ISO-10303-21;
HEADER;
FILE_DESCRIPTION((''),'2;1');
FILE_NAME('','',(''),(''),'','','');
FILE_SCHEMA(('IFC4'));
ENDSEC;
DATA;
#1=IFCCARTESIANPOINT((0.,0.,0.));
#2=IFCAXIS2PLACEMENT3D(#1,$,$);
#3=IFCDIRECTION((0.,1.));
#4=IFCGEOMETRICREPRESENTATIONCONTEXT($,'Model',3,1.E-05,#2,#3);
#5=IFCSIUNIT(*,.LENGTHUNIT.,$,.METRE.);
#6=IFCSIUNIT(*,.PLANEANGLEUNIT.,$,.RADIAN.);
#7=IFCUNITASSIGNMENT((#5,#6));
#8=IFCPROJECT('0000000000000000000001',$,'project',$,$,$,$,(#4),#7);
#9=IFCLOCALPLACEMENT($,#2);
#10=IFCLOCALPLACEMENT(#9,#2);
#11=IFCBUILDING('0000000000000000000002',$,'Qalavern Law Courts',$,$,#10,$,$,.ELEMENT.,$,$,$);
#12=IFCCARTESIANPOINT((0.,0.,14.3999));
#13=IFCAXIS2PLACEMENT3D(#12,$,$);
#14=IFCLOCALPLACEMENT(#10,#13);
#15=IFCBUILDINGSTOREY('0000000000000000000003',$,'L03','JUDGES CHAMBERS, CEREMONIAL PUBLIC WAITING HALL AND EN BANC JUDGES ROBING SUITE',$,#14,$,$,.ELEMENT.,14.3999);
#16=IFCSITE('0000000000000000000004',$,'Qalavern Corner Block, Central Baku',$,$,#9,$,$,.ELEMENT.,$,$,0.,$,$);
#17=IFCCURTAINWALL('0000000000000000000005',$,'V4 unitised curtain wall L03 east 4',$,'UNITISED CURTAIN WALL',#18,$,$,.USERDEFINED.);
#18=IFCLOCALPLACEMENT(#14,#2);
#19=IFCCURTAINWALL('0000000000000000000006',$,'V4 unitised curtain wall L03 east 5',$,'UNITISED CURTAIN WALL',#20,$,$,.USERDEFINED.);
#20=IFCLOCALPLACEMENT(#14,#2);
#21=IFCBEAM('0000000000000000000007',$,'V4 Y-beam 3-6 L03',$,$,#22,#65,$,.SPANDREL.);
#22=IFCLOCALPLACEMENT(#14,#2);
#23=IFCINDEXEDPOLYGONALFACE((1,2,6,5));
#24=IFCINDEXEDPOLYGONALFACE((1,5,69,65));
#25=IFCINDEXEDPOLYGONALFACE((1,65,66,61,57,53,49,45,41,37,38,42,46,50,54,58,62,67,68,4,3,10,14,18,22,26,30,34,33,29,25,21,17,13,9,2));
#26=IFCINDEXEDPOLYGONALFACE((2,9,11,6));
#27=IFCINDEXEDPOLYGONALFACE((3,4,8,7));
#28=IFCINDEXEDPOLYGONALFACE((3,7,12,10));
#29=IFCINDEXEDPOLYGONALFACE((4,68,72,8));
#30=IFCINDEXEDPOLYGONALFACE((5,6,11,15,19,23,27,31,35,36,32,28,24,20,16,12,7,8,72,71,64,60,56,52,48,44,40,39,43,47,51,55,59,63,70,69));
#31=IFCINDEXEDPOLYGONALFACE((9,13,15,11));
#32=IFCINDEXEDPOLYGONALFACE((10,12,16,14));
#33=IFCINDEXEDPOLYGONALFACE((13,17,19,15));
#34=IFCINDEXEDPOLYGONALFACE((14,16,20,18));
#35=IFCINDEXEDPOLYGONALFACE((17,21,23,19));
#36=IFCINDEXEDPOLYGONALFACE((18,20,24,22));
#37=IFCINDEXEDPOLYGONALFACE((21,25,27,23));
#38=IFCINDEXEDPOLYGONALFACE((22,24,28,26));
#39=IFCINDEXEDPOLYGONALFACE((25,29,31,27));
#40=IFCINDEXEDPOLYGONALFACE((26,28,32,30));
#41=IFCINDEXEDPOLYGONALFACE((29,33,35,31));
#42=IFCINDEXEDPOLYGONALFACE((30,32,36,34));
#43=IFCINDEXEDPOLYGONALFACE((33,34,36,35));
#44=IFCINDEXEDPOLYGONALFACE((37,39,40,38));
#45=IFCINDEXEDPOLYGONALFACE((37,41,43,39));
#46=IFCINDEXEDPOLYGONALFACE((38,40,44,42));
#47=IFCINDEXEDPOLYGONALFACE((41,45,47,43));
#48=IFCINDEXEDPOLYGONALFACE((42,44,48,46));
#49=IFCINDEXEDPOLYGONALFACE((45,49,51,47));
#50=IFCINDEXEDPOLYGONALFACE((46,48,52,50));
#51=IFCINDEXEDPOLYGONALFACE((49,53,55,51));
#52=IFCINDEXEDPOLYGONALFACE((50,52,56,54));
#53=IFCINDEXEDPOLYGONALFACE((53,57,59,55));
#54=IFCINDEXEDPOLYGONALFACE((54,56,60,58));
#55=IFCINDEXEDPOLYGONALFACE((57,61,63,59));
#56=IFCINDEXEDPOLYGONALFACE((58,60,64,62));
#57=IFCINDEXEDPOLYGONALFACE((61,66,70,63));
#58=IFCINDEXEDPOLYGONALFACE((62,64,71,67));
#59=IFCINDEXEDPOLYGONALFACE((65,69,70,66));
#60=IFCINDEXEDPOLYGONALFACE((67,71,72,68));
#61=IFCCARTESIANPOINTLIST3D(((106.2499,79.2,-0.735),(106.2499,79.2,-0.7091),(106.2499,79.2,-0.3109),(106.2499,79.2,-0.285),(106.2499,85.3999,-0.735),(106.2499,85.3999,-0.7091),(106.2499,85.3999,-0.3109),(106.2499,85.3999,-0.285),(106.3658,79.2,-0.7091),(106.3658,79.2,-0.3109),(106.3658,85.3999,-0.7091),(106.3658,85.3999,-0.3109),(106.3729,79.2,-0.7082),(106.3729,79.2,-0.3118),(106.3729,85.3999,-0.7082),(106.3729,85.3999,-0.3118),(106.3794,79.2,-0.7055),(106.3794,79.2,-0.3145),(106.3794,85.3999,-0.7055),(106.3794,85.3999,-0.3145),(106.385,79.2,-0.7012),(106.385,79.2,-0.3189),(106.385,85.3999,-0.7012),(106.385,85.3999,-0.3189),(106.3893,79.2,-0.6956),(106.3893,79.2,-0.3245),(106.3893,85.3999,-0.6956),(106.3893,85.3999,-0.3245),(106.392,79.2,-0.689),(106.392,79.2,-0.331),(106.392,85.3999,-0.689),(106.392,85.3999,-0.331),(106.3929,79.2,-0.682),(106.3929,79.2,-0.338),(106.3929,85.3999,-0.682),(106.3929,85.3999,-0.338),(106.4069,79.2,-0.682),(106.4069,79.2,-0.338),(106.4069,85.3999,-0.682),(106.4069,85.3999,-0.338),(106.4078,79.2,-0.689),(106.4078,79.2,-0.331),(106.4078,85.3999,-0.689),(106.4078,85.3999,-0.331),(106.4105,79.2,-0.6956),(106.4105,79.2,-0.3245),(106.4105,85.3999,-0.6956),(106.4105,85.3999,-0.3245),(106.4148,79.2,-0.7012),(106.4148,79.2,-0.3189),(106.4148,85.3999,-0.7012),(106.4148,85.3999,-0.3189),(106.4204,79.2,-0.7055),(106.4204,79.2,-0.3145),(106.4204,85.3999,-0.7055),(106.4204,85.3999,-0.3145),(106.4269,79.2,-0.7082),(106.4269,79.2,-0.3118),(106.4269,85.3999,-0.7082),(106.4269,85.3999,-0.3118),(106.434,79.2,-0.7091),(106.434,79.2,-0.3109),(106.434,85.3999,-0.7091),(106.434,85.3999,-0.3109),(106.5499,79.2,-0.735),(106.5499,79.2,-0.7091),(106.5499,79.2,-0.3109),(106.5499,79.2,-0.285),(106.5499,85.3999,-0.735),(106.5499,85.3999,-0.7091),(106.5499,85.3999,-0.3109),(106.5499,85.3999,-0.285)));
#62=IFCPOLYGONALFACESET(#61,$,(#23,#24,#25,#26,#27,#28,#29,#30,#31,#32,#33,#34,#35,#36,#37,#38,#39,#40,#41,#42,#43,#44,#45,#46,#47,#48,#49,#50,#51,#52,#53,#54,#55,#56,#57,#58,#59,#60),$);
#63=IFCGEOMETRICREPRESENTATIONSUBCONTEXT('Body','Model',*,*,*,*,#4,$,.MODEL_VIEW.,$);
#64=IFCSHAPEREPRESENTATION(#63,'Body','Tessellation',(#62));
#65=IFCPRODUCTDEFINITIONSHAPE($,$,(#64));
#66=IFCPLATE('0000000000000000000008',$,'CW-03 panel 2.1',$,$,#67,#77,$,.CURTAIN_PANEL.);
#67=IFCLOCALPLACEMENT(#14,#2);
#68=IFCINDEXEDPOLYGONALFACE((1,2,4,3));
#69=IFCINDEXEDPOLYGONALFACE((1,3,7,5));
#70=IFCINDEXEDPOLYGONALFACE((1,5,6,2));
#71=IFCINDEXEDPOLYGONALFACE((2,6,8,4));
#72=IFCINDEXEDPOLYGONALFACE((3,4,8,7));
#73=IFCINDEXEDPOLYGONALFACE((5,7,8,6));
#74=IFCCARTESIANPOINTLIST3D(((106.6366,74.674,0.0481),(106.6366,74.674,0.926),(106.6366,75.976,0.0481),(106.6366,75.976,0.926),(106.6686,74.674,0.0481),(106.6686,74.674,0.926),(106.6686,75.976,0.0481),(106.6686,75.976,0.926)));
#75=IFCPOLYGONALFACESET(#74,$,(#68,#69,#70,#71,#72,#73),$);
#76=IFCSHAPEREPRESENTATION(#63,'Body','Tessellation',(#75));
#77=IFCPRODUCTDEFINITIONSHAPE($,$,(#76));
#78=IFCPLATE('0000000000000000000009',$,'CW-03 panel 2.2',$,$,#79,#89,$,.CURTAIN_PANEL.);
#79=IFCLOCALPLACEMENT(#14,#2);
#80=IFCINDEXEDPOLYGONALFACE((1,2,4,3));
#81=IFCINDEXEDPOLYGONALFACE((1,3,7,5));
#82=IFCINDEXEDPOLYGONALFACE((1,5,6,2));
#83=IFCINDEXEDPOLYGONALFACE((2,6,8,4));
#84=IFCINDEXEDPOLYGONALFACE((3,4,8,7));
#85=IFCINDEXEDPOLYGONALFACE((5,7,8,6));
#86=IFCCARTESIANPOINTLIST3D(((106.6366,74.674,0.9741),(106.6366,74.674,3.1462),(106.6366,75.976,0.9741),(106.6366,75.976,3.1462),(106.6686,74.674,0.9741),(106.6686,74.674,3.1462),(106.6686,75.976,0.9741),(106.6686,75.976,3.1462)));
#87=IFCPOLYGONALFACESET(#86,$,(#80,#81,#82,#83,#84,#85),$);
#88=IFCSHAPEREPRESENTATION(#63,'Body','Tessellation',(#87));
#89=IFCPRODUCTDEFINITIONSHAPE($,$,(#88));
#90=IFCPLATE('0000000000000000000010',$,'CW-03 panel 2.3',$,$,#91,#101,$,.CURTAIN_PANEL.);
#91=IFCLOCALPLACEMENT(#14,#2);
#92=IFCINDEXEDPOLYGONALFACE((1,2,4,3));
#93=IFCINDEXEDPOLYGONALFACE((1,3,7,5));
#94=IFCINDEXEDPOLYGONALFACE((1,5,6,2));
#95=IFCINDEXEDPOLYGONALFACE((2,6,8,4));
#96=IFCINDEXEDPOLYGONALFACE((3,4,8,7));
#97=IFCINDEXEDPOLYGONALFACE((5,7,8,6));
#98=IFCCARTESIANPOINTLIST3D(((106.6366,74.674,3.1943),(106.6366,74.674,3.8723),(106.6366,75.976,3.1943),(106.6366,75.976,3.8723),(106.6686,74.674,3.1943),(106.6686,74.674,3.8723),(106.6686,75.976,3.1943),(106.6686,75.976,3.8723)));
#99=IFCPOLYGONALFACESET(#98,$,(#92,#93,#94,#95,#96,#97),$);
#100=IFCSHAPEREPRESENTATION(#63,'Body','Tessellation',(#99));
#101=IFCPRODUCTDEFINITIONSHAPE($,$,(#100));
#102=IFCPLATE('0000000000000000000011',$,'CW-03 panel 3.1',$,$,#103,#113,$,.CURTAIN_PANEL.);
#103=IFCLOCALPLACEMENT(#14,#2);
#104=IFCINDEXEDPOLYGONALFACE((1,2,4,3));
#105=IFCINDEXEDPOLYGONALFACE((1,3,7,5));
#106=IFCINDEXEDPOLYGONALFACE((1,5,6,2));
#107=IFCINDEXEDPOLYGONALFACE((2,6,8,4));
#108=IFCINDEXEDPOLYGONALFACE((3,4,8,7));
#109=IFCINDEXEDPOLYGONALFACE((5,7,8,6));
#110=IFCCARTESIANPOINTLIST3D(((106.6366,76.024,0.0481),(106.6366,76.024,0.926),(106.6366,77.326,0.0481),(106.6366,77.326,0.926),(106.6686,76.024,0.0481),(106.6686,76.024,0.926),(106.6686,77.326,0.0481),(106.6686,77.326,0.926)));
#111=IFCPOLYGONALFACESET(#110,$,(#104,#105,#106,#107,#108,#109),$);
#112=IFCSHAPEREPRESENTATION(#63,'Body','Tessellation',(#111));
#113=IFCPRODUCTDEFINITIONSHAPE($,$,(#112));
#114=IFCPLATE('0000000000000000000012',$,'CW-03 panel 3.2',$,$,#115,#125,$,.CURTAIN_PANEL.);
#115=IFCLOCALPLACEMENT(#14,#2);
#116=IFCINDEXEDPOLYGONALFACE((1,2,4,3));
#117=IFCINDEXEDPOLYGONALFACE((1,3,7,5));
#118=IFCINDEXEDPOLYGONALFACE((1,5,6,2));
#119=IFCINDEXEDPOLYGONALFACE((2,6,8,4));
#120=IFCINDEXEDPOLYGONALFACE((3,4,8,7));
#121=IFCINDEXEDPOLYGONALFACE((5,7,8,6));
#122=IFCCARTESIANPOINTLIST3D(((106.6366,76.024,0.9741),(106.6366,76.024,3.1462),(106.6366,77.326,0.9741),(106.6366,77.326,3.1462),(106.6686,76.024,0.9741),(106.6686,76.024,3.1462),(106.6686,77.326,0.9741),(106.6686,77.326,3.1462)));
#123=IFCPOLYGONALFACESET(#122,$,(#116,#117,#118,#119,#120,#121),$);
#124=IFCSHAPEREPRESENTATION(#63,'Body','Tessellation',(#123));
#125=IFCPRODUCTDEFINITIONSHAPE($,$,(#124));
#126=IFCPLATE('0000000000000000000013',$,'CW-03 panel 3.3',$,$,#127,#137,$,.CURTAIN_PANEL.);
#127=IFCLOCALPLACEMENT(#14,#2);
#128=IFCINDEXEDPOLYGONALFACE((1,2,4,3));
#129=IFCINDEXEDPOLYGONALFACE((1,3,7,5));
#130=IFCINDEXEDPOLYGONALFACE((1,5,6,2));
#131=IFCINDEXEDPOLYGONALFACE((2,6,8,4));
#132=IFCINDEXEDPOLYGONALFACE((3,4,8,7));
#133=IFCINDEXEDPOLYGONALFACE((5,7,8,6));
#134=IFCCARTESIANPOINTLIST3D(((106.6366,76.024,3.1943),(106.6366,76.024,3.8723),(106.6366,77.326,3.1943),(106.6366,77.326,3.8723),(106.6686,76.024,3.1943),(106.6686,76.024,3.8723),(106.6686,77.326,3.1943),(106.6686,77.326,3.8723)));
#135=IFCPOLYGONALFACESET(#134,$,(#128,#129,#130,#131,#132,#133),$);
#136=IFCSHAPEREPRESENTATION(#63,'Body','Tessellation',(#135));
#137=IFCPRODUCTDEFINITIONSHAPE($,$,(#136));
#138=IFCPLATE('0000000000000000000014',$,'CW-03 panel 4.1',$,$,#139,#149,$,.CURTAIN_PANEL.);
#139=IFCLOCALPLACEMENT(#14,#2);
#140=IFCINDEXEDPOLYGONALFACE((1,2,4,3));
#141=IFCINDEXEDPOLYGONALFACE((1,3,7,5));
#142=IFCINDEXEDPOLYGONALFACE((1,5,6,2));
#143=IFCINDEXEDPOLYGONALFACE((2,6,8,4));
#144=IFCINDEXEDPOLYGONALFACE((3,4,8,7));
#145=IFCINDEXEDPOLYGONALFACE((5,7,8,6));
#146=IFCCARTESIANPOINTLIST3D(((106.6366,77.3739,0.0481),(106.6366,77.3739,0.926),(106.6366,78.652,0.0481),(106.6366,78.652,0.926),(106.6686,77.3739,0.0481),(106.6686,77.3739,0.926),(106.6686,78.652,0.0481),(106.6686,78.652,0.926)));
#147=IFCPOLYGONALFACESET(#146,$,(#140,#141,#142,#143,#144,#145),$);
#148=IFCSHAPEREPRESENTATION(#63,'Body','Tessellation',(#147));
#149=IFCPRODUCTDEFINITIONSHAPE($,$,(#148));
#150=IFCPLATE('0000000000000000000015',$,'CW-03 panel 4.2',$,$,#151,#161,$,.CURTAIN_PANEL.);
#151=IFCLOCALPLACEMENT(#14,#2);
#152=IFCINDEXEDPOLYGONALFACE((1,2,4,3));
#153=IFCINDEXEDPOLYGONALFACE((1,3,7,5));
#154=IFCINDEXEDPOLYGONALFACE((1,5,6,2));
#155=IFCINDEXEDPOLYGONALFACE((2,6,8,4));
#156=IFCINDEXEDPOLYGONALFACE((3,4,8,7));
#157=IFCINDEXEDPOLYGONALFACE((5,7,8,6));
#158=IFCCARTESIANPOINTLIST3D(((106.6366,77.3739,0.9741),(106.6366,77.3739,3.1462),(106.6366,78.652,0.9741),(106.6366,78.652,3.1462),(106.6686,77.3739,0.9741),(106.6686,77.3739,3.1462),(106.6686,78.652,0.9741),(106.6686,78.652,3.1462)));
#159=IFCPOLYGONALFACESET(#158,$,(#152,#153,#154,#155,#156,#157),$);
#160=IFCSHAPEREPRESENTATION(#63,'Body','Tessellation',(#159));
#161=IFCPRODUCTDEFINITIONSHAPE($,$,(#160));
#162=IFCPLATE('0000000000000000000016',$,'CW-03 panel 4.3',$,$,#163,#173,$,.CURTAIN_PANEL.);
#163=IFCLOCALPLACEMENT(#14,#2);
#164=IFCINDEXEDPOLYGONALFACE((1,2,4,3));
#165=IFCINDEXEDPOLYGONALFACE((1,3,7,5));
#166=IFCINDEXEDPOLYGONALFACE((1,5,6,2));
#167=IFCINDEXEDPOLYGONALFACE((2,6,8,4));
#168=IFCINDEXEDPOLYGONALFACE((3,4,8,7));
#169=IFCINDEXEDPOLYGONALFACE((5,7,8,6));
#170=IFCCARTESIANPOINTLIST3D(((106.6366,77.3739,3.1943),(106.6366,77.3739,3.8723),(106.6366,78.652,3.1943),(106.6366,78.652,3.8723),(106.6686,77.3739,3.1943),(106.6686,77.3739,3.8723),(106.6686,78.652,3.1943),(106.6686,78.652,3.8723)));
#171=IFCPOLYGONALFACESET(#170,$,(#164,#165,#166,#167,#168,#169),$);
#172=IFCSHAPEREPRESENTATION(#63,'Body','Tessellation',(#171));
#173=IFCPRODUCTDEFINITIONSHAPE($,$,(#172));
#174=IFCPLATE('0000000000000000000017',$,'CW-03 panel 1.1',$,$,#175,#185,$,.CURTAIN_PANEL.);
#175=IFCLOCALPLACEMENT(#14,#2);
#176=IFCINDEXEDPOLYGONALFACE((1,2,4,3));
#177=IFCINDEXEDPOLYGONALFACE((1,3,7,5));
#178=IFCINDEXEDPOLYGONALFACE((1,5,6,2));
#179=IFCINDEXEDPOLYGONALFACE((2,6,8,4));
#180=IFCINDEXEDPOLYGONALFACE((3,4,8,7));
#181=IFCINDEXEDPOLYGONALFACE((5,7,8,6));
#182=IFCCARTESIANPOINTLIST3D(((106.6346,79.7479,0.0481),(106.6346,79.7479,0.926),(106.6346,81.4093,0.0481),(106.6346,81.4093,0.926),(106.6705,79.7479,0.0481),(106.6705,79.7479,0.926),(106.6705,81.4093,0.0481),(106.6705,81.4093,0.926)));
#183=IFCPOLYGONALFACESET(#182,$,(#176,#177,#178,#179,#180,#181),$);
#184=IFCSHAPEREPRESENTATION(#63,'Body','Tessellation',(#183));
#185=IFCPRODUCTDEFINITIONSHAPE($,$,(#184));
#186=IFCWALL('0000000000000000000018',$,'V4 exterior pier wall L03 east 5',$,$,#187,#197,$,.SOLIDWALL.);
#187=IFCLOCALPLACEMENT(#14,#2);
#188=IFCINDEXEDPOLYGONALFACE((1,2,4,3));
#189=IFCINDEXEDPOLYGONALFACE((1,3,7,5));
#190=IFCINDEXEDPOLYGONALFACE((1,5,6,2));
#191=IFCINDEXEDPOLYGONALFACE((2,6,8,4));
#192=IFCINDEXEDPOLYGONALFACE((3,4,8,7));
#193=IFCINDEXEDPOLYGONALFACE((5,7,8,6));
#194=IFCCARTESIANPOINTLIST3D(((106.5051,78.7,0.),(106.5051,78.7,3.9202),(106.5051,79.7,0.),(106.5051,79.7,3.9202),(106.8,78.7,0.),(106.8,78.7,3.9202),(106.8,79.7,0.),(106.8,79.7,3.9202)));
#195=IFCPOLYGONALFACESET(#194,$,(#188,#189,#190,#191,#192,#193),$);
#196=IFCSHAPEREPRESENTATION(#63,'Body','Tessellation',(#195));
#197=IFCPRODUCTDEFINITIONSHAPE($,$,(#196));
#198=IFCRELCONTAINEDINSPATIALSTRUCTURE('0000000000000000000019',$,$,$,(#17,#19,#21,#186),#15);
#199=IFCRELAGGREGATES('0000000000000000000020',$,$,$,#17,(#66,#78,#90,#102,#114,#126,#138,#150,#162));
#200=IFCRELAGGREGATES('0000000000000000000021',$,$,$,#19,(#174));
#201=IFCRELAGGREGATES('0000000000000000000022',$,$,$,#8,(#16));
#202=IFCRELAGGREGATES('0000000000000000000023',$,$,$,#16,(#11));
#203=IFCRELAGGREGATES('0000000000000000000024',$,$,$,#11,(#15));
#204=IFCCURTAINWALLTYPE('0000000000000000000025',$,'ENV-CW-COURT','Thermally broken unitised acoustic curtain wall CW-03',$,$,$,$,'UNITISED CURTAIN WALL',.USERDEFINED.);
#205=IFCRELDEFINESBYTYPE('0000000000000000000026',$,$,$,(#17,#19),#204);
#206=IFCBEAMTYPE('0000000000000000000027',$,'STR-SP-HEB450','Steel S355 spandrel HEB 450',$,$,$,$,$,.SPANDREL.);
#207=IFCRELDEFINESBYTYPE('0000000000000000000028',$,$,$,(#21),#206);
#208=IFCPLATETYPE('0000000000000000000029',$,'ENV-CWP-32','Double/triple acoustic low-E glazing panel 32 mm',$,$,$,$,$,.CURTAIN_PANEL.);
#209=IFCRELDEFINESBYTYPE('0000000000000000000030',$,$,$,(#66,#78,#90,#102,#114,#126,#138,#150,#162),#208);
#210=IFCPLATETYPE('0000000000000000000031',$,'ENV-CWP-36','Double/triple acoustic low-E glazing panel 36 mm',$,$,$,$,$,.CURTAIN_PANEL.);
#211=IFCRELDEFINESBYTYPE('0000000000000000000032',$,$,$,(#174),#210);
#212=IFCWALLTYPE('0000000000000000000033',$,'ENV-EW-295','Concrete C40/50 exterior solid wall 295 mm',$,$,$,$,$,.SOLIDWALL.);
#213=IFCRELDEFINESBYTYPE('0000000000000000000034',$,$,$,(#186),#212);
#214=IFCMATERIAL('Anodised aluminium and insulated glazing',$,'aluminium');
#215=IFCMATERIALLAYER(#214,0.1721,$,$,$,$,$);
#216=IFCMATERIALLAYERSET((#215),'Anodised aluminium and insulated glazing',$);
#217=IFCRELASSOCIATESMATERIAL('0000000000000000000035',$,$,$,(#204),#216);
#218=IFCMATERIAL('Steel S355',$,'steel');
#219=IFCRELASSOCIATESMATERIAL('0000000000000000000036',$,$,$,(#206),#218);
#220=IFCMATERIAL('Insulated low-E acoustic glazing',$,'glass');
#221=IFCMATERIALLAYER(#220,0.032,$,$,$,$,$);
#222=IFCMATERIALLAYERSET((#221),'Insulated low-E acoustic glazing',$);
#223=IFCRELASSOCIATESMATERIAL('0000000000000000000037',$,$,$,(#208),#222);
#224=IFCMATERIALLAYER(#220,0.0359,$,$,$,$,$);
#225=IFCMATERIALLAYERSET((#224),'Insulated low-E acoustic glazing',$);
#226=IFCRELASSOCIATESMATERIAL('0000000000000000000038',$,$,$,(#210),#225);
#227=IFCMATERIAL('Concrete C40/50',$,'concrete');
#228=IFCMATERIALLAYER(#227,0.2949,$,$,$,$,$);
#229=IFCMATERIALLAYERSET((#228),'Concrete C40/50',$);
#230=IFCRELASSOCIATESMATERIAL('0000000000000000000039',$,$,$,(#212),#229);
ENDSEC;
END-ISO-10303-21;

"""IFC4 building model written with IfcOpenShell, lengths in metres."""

from ifc_helpers import new_model, si_unit, direction, frame, frame_2d, origin, origin_2d, place, context, subcontext, project, spatial, rectangle, i_section, extrude, material, layer, layer_set, material_profile, profile_set, type_object, element, aggregate, save


model = new_model("IFC4")

# Units and contexts
model_context = context("Model", 3, precision=1e-05, world=origin(), true_north=direction((0.0, 1.0)))
body_context = subcontext(model_context, "Body", "Model", "MODEL_VIEW")
ifc_project = project(units=[si_unit("LENGTHUNIT", "METRE"), si_unit("PLANEANGLEUNIT", "RADIAN")], contexts=[model_context])

# Site, building, storey
site_placement = place(None, origin())
site = spatial("IfcSite", under=ifc_project, at=site_placement, Name="Qalavern Corner Block, Central Baku", CompositionType="ELEMENT", RefElevation=0.0)
building_placement = place(site_placement, origin())
building = spatial("IfcBuilding", under=site, at=building_placement, Name="Qalavern Law Courts", CompositionType="ELEMENT")
storey_placement = place(building_placement, frame((0.0, 0.0, 14.3999)))
storey = spatial("IfcBuildingStorey", under=building, at=storey_placement, Name="L03", Description="JUDGES CHAMBERS, CEREMONIAL PUBLIC WAITING HALL AND EN BANC JUDGES ROBING SUITE", CompositionType="ELEMENT", Elevation=14.3999)

# Curtain wall
ifc_material_1 = material(Name="Anodised aluminium and insulated glazing", Category="aluminium")
ifc_layer_1 = layer(ifc_material_1, 0.1721)
ifc_layer_set_1 = layer_set([ifc_layer_1], Name="Anodised aluminium and insulated glazing")
curtain_wall_type = type_object("IfcCurtainWallType", Name="ENV-CW-COURT", Description="Thermally broken unitised acoustic curtain wall CW-03", ElementType="UNITISED CURTAIN WALL", PredefinedType="USERDEFINED", material=ifc_layer_set_1)
curtain_wall_1_placement = place(storey_placement, origin())
curtain_wall_1 = element("IfcCurtainWall", 1, at=curtain_wall_1_placement, inside=storey, type_object=curtain_wall_type, Name="V4 unitised curtain wall L03 east 4", ObjectType="UNITISED CURTAIN WALL", PredefinedType="USERDEFINED")

# Curtain wall
curtain_wall_2_placement = place(storey_placement, origin())
curtain_wall_2 = element("IfcCurtainWall", 2, at=curtain_wall_2_placement, inside=storey, type_object=curtain_wall_type, Name="V4 unitised curtain wall L03 east 5", ObjectType="UNITISED CURTAIN WALL", PredefinedType="USERDEFINED")

# Beam
ifc_material_2 = material(Name="Steel S355", Category="steel")
ifc_material_profile_1 = material_profile(ifc_material_2, i_section(OverallWidth=0.3, OverallDepth=0.45, WebThickness=0.0139, FlangeThickness=0.0259, FilletRadius=0.0271, at=origin_2d()), Name="HEB 450")
ifc_profile_set_1 = profile_set([ifc_material_profile_1], Name="Steel S355")
beam_type = type_object("IfcBeamType", Name="STR-SP-HEB450", Description="Steel S355 spandrel HEB 450", PredefinedType="SPANDREL", material=ifc_profile_set_1)
beam_placement = place(storey_placement, frame((106.3999, 79.2, -0.51), z_axis=(0.0, 1.0, 0.0), x_axis=(-1.0, 0.0, 0.0)))
element("IfcBeam", 3, at=beam_placement, inside=storey, type_object=beam_type, Name="V4 Y-beam 3-6 L03", PredefinedType="SPANDREL", context=body_context, shape_type="SweptSolid", body=[
    extrude(i_section(OverallWidth=0.3, OverallDepth=0.45, WebThickness=0.0139, FlangeThickness=0.0259, FilletRadius=0.0271, at=origin_2d()), origin(), (0.0, 0.0, 1.0), 6.2),
])

# Plates
ifc_material_3 = material(Name="Insulated low-E acoustic glazing", Category="glass")
ifc_layer_2 = layer(ifc_material_3, 0.032)
ifc_layer_set_2 = layer_set([ifc_layer_2], Name="Insulated low-E acoustic glazing")
plate_type_1 = type_object("IfcPlateType", Name="ENV-CWP-32", Description="Double/triple acoustic low-E glazing panel 32 mm", PredefinedType="CURTAIN_PANEL", material=ifc_layer_set_2)
plate_1_placement = place(storey_placement, frame((106.6526, 75.325, 0.0481), z_axis=(0.0, 0.0, 1.0), x_axis=(0.0, 1.0, 0.0)))
plate_1 = element("IfcPlate", 4, at=plate_1_placement, type_object=plate_type_1, Name="CW-03 panel 2.1", PredefinedType="CURTAIN_PANEL", context=body_context, shape_type="SweptSolid", body=[
    extrude(rectangle(XDim=1.302, YDim=0.032, at=origin_2d()), origin(), (0.0, 0.0, 1.0), 0.8779),
])
plate_2_placement = place(storey_placement, frame((106.6526, 75.325, 0.9741), z_axis=(0.0, 0.0, 1.0), x_axis=(0.0, 1.0, 0.0)))
plate_2 = element("IfcPlate", 5, at=plate_2_placement, type_object=plate_type_1, Name="CW-03 panel 2.2", PredefinedType="CURTAIN_PANEL", context=body_context, shape_type="SweptSolid", body=[
    extrude(rectangle(XDim=1.302, YDim=0.032, at=origin_2d()), origin(), (0.0, 0.0, 1.0), 2.1721),
])
plate_3_placement = place(storey_placement, frame((106.6526, 75.325, 3.1943), z_axis=(0.0, 0.0, 1.0), x_axis=(0.0, 1.0, 0.0)))
plate_3 = element("IfcPlate", 6, at=plate_3_placement, type_object=plate_type_1, Name="CW-03 panel 2.3", PredefinedType="CURTAIN_PANEL", context=body_context, shape_type="SweptSolid", body=[
    extrude(rectangle(XDim=1.302, YDim=0.032, at=origin_2d()), origin(), (0.0, 0.0, 1.0), 0.678),
])
plate_4_placement = place(storey_placement, frame((106.6526, 76.675, 0.0481), z_axis=(0.0, 0.0, 1.0), x_axis=(0.0, 1.0, 0.0)))
plate_4 = element("IfcPlate", 7, at=plate_4_placement, type_object=plate_type_1, Name="CW-03 panel 3.1", PredefinedType="CURTAIN_PANEL", context=body_context, shape_type="SweptSolid", body=[
    extrude(rectangle(XDim=1.302, YDim=0.032, at=origin_2d()), origin(), (0.0, 0.0, 1.0), 0.8779),
])
plate_5_placement = place(storey_placement, frame((106.6526, 76.675, 0.9741), z_axis=(0.0, 0.0, 1.0), x_axis=(0.0, 1.0, 0.0)))
plate_5 = element("IfcPlate", 8, at=plate_5_placement, type_object=plate_type_1, Name="CW-03 panel 3.2", PredefinedType="CURTAIN_PANEL", context=body_context, shape_type="SweptSolid", body=[
    extrude(rectangle(XDim=1.302, YDim=0.032, at=origin_2d()), origin(), (0.0, 0.0, 1.0), 2.1721),
])
plate_6_placement = place(storey_placement, frame((106.6526, 76.675, 3.1943), z_axis=(0.0, 0.0, 1.0), x_axis=(0.0, 1.0, 0.0)))
plate_6 = element("IfcPlate", 9, at=plate_6_placement, type_object=plate_type_1, Name="CW-03 panel 3.3", PredefinedType="CURTAIN_PANEL", context=body_context, shape_type="SweptSolid", body=[
    extrude(rectangle(XDim=1.302, YDim=0.032, at=origin_2d()), origin(), (0.0, 0.0, 1.0), 0.678),
])
plate_7_placement = place(storey_placement, frame((106.6526, 78.0129, 0.0481), z_axis=(0.0, 0.0, 1.0), x_axis=(0.0, 1.0, 0.0)))
plate_7 = element("IfcPlate", 10, at=plate_7_placement, type_object=plate_type_1, Name="CW-03 panel 4.1", PredefinedType="CURTAIN_PANEL", context=body_context, shape_type="SweptSolid", body=[
    extrude(rectangle(XDim=1.2781, YDim=0.032, at=origin_2d()), origin(), (0.0, 0.0, 1.0), 0.8779),
])
plate_8_placement = place(storey_placement, frame((106.6526, 78.0129, 0.9741), z_axis=(0.0, 0.0, 1.0), x_axis=(0.0, 1.0, 0.0)))
plate_8 = element("IfcPlate", 11, at=plate_8_placement, type_object=plate_type_1, Name="CW-03 panel 4.2", PredefinedType="CURTAIN_PANEL", context=body_context, shape_type="SweptSolid", body=[
    extrude(rectangle(XDim=1.2781, YDim=0.032, at=origin_2d()), origin(), (0.0, 0.0, 1.0), 2.1721),
])
plate_9_placement = place(storey_placement, frame((106.6526, 78.0129, 3.1943), z_axis=(0.0, 0.0, 1.0), x_axis=(0.0, 1.0, 0.0)))
plate_9 = element("IfcPlate", 12, at=plate_9_placement, type_object=plate_type_1, Name="CW-03 panel 4.3", PredefinedType="CURTAIN_PANEL", context=body_context, shape_type="SweptSolid", body=[
    extrude(rectangle(XDim=1.2781, YDim=0.032, at=origin_2d()), origin(), (0.0, 0.0, 1.0), 0.678),
])
aggregate(curtain_wall_1, [plate_1, plate_2, plate_3, plate_4, plate_5, plate_6, plate_7, plate_8, plate_9])
ifc_layer_3 = layer(ifc_material_3, 0.0359)
ifc_layer_set_3 = layer_set([ifc_layer_3], Name="Insulated low-E acoustic glazing")
plate_type_2 = type_object("IfcPlateType", Name="ENV-CWP-36", Description="Double/triple acoustic low-E glazing panel 36 mm", PredefinedType="CURTAIN_PANEL", material=ifc_layer_set_3)
plate_10_placement = place(storey_placement, frame((106.6526, 80.5786, 0.0481), z_axis=(0.0, 0.0, 1.0), x_axis=(0.0, 1.0, 0.0)))
plate_10 = element("IfcPlate", 13, at=plate_10_placement, type_object=plate_type_2, Name="CW-03 panel 1.1", PredefinedType="CURTAIN_PANEL", context=body_context, shape_type="SweptSolid", body=[
    extrude(rectangle(XDim=1.6614, YDim=0.0359, at=origin_2d()), origin(), (0.0, 0.0, 1.0), 0.8779),
])
aggregate(curtain_wall_2, [plate_10])

# Wall
ifc_material_4 = material(Name="Concrete C40/50", Category="concrete")
ifc_layer_4 = layer(ifc_material_4, 0.2949)
ifc_layer_set_4 = layer_set([ifc_layer_4], Name="Concrete C40/50")
wall_type = type_object("IfcWallType", Name="ENV-EW-295", Description="Concrete C40/50 exterior solid wall 295 mm", PredefinedType="SOLIDWALL", material=ifc_layer_set_4)
wall_placement = place(storey_placement, frame((106.6526, 78.7, 0.0), z_axis=(0.0, 0.0, 1.0), x_axis=(0.0, 1.0, 0.0)))
element("IfcWall", 14, at=wall_placement, inside=storey, type_object=wall_type, Name="V4 exterior pier wall L03 east 5", PredefinedType="SOLIDWALL", context=body_context, shape_type="SweptSolid", body=[
    extrude(rectangle(XDim=1.0, YDim=0.2949, at=frame_2d((0.5, 0.0))), origin(), (0.0, 0.0, 1.0), 3.9202),
])

save(model, "model.ifc")
